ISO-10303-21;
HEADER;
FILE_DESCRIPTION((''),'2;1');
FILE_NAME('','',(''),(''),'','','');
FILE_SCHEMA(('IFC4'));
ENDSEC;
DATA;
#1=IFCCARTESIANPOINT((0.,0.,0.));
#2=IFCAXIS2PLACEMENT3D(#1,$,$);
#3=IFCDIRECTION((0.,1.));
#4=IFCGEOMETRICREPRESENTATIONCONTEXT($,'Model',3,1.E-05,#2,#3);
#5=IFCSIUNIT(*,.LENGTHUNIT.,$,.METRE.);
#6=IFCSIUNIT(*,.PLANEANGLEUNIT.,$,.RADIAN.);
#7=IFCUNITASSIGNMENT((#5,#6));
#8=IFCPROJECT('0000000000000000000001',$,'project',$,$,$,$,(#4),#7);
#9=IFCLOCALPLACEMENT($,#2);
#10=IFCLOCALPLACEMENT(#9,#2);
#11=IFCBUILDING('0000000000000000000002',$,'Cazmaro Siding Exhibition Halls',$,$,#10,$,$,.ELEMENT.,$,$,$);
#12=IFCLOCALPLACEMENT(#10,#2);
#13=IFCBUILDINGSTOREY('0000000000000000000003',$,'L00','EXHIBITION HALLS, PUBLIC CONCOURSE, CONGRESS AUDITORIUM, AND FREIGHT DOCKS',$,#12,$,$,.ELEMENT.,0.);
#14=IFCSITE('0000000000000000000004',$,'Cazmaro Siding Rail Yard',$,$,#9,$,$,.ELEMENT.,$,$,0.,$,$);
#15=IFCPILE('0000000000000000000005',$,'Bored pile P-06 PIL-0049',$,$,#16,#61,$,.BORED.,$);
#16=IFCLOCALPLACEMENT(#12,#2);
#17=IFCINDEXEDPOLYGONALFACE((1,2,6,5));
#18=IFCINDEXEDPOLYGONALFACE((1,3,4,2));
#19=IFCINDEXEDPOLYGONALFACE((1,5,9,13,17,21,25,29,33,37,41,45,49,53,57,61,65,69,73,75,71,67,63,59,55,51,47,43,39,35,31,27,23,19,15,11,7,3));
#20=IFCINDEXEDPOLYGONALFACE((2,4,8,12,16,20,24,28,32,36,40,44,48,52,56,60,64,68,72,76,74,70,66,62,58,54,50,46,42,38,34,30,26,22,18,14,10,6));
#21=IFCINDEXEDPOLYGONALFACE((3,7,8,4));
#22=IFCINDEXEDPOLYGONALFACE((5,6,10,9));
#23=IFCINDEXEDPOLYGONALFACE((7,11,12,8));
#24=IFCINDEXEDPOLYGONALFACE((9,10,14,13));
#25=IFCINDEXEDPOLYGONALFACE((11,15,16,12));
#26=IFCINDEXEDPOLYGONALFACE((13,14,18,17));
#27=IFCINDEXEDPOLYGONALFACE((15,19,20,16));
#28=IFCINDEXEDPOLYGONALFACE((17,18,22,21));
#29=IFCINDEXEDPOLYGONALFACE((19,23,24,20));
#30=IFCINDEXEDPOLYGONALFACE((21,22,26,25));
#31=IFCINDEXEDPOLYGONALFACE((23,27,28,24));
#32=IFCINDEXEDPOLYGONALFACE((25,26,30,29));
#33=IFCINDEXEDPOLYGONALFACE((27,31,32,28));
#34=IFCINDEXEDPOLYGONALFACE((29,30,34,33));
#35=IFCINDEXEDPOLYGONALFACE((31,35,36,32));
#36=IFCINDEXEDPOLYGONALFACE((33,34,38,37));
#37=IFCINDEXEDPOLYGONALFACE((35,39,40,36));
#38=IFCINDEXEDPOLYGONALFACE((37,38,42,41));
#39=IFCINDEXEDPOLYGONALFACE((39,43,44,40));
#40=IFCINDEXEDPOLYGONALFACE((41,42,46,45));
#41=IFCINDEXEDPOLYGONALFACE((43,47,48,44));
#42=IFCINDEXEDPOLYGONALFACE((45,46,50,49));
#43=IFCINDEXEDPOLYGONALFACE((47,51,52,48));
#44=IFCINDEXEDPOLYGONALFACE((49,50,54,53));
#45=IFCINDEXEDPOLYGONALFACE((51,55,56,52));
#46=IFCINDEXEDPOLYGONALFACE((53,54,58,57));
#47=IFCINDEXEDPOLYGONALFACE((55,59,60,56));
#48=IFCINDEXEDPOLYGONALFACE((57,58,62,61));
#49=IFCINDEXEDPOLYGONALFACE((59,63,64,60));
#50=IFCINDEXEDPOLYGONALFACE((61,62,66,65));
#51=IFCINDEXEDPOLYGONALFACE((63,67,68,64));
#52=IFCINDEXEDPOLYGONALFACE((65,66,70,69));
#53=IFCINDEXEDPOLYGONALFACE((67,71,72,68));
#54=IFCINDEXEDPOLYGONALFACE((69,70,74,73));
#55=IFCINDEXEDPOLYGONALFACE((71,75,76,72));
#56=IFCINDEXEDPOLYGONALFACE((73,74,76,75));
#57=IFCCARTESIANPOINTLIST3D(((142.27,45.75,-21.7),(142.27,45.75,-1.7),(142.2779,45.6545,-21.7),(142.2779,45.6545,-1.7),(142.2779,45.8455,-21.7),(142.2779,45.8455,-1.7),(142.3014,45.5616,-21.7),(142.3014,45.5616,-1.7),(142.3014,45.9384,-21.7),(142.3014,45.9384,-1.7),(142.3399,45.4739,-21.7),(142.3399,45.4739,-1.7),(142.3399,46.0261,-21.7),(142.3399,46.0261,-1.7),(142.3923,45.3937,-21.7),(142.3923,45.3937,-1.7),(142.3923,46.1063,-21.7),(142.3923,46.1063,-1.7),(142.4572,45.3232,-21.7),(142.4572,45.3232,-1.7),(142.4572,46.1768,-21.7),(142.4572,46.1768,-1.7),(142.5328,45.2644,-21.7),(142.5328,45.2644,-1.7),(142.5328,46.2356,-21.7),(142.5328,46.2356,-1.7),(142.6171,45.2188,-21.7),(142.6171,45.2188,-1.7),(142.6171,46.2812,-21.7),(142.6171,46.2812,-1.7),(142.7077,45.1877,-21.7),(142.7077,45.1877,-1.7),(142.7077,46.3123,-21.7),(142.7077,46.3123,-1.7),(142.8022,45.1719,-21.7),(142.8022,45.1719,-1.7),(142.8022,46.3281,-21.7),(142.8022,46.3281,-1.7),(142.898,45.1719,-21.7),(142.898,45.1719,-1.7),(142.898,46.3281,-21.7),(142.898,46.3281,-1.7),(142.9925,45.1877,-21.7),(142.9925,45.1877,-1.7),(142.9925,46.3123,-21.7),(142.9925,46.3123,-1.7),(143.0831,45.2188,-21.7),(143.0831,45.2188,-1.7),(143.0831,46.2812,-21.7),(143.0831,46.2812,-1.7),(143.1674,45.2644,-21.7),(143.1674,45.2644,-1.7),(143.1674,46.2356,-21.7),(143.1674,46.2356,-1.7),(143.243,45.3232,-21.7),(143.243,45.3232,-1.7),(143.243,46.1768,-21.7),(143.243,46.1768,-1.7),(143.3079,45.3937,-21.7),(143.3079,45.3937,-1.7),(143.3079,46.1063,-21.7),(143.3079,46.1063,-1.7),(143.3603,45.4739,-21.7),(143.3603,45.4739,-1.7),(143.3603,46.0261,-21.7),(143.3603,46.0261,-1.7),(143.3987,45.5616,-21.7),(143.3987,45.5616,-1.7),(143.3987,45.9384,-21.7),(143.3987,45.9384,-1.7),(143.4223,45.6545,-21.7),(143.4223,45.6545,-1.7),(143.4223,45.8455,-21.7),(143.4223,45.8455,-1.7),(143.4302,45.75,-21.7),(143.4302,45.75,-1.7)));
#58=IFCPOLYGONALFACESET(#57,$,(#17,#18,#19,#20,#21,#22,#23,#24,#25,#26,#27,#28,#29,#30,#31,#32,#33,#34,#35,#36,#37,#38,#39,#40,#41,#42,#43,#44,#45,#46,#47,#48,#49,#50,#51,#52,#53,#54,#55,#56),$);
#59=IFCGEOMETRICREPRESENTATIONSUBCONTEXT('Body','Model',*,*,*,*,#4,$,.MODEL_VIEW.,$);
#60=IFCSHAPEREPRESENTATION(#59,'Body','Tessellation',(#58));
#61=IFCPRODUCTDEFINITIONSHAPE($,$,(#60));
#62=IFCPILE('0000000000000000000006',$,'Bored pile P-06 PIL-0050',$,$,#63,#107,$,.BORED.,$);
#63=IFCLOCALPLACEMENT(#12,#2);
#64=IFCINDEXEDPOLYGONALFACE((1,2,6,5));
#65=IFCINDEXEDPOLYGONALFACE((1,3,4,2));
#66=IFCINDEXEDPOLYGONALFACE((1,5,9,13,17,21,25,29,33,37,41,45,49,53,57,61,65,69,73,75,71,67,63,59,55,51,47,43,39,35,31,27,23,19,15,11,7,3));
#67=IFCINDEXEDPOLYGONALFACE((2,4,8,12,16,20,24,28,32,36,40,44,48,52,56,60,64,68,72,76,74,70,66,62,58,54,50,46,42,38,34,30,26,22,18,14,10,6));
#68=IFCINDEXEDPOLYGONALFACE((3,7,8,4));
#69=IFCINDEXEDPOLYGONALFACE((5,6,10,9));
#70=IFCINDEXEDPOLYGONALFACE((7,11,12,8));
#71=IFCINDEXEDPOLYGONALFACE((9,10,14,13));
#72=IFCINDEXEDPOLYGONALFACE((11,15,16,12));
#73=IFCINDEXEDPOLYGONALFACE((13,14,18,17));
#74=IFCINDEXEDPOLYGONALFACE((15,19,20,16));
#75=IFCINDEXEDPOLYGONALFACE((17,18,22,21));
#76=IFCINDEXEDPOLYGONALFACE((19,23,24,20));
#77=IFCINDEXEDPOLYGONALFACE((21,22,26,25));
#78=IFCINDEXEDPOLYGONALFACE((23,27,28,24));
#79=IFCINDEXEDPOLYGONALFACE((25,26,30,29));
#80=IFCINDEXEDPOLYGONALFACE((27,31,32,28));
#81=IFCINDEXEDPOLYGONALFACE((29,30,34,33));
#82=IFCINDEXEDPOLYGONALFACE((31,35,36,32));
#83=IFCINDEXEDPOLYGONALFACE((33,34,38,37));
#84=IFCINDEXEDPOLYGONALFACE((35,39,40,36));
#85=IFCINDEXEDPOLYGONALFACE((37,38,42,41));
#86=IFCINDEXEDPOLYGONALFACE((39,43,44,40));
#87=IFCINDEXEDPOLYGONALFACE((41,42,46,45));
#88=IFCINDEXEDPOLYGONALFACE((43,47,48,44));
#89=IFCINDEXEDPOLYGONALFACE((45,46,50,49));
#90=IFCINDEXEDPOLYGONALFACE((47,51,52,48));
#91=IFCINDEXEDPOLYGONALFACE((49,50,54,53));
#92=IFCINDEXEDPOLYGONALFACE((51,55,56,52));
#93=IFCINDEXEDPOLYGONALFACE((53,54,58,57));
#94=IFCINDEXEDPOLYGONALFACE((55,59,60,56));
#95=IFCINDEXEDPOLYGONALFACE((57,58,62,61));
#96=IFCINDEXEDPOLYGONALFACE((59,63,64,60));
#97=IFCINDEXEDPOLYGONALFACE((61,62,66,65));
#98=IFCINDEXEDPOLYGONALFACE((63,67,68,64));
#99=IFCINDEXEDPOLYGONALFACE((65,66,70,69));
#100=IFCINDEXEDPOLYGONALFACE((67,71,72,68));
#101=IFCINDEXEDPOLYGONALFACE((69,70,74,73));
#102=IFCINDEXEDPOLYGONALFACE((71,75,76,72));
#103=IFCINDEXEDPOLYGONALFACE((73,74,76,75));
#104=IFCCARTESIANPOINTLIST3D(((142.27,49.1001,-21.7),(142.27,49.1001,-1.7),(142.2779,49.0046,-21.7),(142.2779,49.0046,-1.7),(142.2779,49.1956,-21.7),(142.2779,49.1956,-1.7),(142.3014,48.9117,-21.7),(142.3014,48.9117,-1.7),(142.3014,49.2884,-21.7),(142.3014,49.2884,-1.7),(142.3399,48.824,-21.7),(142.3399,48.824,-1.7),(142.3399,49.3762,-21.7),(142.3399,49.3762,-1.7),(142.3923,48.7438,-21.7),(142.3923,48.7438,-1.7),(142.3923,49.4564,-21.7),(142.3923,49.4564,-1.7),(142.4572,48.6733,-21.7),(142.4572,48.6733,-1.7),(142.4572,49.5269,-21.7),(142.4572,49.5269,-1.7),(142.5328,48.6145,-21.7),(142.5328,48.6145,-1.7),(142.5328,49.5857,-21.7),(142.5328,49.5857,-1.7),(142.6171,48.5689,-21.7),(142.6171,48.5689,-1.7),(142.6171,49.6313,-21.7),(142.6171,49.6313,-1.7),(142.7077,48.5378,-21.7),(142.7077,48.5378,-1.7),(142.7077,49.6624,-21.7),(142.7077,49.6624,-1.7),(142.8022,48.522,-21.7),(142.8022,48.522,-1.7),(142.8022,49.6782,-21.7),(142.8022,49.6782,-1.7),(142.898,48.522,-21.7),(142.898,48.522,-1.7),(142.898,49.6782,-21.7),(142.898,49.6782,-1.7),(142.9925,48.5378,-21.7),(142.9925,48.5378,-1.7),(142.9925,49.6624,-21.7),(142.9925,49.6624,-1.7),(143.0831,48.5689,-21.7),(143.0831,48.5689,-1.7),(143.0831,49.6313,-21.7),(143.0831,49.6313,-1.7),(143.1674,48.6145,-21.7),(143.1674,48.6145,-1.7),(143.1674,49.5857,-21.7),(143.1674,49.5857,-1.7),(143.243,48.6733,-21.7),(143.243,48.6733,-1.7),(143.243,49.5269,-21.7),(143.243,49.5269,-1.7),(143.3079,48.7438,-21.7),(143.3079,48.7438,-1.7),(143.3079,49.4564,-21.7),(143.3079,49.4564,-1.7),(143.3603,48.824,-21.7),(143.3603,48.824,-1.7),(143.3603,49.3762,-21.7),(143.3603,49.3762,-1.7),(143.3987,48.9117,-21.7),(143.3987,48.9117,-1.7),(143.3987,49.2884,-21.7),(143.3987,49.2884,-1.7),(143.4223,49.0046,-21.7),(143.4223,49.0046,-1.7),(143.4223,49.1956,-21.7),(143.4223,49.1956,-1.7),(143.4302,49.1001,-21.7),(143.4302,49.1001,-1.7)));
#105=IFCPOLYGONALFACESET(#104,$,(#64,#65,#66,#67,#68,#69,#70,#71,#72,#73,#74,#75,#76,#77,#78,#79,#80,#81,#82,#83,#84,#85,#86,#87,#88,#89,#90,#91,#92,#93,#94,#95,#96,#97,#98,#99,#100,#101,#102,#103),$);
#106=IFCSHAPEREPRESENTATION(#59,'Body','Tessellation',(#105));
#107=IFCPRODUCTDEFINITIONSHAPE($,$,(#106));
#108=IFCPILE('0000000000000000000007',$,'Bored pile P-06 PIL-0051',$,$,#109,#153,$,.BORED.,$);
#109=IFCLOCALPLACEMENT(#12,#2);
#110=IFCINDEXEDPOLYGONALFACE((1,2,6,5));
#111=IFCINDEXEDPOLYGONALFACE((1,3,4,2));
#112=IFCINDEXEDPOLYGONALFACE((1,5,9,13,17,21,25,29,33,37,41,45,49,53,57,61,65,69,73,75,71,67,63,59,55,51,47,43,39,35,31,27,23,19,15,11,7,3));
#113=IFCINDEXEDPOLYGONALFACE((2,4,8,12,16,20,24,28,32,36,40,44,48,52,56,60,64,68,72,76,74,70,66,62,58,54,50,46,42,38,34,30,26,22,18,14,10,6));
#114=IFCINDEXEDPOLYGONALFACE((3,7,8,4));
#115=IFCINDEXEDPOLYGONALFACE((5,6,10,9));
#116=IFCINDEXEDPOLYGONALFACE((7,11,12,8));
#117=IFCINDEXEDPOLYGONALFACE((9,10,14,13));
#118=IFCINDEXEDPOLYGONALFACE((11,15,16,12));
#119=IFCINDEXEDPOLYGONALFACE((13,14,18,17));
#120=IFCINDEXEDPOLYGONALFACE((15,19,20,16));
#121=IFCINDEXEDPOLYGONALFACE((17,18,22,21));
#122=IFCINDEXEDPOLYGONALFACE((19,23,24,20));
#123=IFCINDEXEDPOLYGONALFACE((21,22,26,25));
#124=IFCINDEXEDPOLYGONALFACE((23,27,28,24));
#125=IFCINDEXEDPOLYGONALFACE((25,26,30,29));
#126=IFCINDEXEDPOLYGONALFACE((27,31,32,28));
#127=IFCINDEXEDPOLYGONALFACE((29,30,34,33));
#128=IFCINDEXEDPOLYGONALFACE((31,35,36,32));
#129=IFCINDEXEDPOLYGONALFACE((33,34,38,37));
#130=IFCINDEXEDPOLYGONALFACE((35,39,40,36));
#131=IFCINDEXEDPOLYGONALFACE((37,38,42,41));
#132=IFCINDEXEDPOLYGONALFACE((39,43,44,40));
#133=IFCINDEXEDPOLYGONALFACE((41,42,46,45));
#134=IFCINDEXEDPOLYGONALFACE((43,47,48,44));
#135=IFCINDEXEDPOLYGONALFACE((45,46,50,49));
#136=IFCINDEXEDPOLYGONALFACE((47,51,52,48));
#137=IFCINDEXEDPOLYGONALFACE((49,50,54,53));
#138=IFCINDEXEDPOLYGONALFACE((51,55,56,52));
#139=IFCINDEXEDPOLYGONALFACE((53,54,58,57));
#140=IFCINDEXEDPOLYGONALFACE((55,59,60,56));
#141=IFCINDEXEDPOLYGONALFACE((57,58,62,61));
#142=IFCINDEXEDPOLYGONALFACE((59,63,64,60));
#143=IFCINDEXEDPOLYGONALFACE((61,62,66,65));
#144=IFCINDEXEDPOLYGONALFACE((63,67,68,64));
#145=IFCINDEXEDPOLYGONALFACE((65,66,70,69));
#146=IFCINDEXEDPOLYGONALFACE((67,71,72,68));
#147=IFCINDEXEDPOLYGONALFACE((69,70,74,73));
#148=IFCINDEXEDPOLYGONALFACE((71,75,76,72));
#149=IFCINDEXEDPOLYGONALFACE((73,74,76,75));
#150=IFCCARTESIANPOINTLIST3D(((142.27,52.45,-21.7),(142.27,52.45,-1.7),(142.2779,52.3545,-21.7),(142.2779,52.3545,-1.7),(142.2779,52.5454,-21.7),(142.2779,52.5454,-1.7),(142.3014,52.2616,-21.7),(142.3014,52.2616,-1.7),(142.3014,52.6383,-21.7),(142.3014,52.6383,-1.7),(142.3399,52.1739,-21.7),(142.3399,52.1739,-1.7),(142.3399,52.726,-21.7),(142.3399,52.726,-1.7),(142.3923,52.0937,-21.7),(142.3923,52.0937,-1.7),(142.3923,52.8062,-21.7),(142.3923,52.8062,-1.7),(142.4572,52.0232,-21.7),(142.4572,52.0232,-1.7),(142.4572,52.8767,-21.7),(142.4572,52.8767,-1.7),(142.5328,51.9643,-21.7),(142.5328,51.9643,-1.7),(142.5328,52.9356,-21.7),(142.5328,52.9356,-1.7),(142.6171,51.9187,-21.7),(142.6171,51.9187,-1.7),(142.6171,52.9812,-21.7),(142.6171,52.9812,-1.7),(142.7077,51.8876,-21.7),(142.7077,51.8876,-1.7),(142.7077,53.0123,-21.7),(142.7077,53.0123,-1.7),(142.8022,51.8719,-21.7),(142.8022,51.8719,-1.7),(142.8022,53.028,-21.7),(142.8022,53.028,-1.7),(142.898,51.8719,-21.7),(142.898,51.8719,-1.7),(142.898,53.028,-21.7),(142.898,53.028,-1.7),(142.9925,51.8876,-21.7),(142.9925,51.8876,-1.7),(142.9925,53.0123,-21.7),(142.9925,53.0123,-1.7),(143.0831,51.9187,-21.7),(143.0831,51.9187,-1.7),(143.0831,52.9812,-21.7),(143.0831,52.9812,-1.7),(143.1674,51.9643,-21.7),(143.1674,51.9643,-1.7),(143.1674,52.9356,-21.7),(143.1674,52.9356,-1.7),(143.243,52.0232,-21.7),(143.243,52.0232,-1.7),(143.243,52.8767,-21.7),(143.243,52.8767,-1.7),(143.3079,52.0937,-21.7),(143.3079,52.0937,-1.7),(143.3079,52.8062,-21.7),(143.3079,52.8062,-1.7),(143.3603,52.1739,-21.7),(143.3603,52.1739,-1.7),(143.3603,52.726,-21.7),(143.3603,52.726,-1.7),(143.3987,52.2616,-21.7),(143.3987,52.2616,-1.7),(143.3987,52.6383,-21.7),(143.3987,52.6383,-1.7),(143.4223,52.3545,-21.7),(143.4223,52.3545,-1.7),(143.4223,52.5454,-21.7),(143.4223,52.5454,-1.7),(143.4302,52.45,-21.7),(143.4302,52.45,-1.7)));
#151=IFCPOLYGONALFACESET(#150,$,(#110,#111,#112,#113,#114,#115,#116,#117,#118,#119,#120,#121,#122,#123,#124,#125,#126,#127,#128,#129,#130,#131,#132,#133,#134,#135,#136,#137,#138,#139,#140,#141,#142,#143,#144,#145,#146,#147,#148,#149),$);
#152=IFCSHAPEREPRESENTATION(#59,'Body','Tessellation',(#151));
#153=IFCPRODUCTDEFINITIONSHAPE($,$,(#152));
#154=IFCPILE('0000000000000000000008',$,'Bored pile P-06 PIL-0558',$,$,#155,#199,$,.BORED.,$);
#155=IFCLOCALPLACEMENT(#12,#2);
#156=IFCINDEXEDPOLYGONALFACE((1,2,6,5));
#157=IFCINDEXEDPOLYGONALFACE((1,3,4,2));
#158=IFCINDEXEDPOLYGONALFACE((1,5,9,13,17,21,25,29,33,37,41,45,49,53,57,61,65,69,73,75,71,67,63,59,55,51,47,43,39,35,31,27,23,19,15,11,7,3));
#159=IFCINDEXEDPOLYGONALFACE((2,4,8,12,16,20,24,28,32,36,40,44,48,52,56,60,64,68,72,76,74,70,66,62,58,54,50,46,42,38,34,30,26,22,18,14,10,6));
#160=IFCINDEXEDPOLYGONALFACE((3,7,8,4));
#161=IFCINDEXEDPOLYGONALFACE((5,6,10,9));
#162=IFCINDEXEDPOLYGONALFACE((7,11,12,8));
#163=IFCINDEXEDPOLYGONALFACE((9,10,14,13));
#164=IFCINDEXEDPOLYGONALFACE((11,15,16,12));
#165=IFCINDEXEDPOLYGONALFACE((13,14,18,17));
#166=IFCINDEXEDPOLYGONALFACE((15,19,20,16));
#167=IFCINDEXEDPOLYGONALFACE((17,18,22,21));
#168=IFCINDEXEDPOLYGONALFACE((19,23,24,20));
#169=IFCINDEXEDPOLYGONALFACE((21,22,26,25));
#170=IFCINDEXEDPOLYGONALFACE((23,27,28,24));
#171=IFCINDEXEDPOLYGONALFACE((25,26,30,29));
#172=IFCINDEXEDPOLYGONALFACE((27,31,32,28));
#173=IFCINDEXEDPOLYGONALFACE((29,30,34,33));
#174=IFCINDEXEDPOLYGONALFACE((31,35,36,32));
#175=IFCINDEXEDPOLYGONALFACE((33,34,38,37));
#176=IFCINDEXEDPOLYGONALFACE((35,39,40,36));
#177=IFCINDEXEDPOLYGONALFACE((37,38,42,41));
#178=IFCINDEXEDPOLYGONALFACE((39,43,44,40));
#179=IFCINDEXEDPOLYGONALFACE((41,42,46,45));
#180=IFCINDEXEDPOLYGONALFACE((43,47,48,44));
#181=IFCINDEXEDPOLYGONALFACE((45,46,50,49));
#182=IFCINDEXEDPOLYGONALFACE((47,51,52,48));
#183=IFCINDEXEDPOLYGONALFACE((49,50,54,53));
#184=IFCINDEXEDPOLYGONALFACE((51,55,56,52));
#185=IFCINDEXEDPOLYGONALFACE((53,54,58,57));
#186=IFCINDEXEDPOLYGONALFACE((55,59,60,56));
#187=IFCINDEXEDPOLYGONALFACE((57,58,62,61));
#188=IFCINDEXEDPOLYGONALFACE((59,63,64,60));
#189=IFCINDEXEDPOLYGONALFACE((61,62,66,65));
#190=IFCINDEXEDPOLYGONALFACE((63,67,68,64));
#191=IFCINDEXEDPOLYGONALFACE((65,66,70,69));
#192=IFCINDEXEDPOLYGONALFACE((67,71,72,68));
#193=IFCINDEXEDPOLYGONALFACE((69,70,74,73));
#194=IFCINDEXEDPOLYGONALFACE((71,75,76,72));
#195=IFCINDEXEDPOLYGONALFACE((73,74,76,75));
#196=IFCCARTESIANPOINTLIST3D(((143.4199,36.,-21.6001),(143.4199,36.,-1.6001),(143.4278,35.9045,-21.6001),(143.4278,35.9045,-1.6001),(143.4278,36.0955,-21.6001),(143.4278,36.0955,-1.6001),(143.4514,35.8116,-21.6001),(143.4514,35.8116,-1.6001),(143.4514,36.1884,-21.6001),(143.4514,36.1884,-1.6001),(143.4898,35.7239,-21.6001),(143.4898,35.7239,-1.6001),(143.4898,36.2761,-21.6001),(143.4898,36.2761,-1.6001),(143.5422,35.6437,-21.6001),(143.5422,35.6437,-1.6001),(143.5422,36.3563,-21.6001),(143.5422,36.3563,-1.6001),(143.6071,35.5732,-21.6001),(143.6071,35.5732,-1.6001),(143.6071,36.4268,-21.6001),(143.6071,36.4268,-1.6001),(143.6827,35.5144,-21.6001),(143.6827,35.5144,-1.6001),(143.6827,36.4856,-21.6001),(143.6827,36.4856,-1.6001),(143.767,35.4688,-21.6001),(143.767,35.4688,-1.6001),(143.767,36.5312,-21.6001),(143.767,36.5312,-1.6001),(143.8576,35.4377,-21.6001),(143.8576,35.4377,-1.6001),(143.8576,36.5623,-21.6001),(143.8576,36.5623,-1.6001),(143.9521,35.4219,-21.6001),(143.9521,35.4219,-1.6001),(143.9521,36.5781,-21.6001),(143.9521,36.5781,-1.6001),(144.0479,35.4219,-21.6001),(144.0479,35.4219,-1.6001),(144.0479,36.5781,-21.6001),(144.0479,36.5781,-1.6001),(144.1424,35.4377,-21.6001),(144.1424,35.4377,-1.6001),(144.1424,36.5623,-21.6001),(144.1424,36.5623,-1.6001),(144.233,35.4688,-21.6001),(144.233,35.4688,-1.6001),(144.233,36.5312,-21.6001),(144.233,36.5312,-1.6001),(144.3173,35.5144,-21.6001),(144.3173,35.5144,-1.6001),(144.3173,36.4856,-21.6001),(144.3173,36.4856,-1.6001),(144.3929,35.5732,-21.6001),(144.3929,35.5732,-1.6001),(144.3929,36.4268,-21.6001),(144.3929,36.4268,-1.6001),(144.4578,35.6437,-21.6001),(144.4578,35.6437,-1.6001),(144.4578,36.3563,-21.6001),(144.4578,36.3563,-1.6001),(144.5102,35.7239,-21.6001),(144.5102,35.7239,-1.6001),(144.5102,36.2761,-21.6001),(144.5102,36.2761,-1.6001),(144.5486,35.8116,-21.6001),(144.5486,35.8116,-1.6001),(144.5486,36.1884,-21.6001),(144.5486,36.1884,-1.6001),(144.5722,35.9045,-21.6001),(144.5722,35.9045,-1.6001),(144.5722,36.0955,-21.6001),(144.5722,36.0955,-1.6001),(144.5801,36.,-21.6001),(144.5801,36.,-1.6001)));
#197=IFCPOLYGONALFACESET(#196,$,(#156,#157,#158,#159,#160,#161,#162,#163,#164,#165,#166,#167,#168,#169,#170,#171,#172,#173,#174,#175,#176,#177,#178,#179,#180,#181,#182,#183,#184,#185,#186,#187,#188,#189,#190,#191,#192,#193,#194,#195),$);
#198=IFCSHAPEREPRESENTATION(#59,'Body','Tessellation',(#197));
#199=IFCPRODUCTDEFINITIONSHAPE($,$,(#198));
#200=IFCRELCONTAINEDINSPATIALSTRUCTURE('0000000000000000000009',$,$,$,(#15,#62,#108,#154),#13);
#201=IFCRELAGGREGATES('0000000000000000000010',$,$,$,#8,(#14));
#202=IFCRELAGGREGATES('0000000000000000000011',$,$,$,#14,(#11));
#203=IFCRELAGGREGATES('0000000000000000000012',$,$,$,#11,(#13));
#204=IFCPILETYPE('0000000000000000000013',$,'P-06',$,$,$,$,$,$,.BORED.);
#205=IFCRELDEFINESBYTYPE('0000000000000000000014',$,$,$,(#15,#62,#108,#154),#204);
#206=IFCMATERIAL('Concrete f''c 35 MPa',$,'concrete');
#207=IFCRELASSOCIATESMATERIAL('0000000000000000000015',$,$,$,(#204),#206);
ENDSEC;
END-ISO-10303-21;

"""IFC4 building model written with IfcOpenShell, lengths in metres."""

from ifc_helpers import new_model, si_unit, direction, frame, origin, origin_2d, place, context, subcontext, project, spatial, circle, extrude, material, material_profile, profile_set, type_object, element, save


model = new_model("IFC4")

# Units and contexts
model_context = context("Model", 3, precision=1e-05, world=origin(), true_north=direction((0.0, 1.0)))
body_context = subcontext(model_context, "Body", "Model", "MODEL_VIEW")
ifc_project = project(units=[si_unit("LENGTHUNIT", "METRE"), si_unit("PLANEANGLEUNIT", "RADIAN")], contexts=[model_context])

# Site, building, storey
site_placement = place(None, origin())
site = spatial("IfcSite", under=ifc_project, at=site_placement, Name="Cazmaro Siding Rail Yard", CompositionType="ELEMENT", RefElevation=0.0)
building_placement = place(site_placement, origin())
building = spatial("IfcBuilding", under=site, at=building_placement, Name="Cazmaro Siding Exhibition Halls", CompositionType="ELEMENT")
storey_placement = place(building_placement, origin())
storey = spatial("IfcBuildingStorey", under=building, at=storey_placement, Name="L00", Description="EXHIBITION HALLS, PUBLIC CONCOURSE, CONGRESS AUDITORIUM, AND FREIGHT DOCKS", CompositionType="ELEMENT", Elevation=0.0)

# Piles
ifc_material_1 = material(Name="Concrete f'c 35 MPa", Category="concrete")
ifc_material_profile_1 = material_profile(ifc_material_1, circle(Radius=0.5801, at=origin_2d()), Name="CIDH-1160")
ifc_profile_set_1 = profile_set([ifc_material_profile_1], Name="Concrete f'c 35 MPa")
pile_type = type_object("IfcPileType", Name="P-06", PredefinedType="BORED", material=ifc_profile_set_1)
for number, where, z_axis, x_axis, name in (
    (1, (142.8501, 45.75, -1.7), (0.0, 0.0, -1.0), (1.0, 0.0, 0.0), "Bored pile P-06 PIL-0049"),
    (2, (142.8501, 49.1001, -1.7), (0.0, 0.0, -1.0), (1.0, 0.0, 0.0), "Bored pile P-06 PIL-0050"),
    (3, (142.8501, 52.45, -1.7), (0.0, 0.0, -1.0), (1.0, 0.0, 0.0), "Bored pile P-06 PIL-0051"),
    (4, (144.0, 36.0, -1.6001), (0.0, 0.0, -1.0), (1.0, 0.0, 0.0), "Bored pile P-06 PIL-0558"),
):
    element("IfcPile", number, at=place(storey_placement, frame(where, z_axis=z_axis, x_axis=x_axis)), inside=storey, type_object=pile_type, Name=name, PredefinedType="BORED", context=body_context, shape_type="SweptSolid", body=[
        extrude(circle(Radius=0.5801, at=origin_2d()), origin(), (0.0, 0.0, 1.0), 20.0),
    ])

save(model, "model.ifc")
